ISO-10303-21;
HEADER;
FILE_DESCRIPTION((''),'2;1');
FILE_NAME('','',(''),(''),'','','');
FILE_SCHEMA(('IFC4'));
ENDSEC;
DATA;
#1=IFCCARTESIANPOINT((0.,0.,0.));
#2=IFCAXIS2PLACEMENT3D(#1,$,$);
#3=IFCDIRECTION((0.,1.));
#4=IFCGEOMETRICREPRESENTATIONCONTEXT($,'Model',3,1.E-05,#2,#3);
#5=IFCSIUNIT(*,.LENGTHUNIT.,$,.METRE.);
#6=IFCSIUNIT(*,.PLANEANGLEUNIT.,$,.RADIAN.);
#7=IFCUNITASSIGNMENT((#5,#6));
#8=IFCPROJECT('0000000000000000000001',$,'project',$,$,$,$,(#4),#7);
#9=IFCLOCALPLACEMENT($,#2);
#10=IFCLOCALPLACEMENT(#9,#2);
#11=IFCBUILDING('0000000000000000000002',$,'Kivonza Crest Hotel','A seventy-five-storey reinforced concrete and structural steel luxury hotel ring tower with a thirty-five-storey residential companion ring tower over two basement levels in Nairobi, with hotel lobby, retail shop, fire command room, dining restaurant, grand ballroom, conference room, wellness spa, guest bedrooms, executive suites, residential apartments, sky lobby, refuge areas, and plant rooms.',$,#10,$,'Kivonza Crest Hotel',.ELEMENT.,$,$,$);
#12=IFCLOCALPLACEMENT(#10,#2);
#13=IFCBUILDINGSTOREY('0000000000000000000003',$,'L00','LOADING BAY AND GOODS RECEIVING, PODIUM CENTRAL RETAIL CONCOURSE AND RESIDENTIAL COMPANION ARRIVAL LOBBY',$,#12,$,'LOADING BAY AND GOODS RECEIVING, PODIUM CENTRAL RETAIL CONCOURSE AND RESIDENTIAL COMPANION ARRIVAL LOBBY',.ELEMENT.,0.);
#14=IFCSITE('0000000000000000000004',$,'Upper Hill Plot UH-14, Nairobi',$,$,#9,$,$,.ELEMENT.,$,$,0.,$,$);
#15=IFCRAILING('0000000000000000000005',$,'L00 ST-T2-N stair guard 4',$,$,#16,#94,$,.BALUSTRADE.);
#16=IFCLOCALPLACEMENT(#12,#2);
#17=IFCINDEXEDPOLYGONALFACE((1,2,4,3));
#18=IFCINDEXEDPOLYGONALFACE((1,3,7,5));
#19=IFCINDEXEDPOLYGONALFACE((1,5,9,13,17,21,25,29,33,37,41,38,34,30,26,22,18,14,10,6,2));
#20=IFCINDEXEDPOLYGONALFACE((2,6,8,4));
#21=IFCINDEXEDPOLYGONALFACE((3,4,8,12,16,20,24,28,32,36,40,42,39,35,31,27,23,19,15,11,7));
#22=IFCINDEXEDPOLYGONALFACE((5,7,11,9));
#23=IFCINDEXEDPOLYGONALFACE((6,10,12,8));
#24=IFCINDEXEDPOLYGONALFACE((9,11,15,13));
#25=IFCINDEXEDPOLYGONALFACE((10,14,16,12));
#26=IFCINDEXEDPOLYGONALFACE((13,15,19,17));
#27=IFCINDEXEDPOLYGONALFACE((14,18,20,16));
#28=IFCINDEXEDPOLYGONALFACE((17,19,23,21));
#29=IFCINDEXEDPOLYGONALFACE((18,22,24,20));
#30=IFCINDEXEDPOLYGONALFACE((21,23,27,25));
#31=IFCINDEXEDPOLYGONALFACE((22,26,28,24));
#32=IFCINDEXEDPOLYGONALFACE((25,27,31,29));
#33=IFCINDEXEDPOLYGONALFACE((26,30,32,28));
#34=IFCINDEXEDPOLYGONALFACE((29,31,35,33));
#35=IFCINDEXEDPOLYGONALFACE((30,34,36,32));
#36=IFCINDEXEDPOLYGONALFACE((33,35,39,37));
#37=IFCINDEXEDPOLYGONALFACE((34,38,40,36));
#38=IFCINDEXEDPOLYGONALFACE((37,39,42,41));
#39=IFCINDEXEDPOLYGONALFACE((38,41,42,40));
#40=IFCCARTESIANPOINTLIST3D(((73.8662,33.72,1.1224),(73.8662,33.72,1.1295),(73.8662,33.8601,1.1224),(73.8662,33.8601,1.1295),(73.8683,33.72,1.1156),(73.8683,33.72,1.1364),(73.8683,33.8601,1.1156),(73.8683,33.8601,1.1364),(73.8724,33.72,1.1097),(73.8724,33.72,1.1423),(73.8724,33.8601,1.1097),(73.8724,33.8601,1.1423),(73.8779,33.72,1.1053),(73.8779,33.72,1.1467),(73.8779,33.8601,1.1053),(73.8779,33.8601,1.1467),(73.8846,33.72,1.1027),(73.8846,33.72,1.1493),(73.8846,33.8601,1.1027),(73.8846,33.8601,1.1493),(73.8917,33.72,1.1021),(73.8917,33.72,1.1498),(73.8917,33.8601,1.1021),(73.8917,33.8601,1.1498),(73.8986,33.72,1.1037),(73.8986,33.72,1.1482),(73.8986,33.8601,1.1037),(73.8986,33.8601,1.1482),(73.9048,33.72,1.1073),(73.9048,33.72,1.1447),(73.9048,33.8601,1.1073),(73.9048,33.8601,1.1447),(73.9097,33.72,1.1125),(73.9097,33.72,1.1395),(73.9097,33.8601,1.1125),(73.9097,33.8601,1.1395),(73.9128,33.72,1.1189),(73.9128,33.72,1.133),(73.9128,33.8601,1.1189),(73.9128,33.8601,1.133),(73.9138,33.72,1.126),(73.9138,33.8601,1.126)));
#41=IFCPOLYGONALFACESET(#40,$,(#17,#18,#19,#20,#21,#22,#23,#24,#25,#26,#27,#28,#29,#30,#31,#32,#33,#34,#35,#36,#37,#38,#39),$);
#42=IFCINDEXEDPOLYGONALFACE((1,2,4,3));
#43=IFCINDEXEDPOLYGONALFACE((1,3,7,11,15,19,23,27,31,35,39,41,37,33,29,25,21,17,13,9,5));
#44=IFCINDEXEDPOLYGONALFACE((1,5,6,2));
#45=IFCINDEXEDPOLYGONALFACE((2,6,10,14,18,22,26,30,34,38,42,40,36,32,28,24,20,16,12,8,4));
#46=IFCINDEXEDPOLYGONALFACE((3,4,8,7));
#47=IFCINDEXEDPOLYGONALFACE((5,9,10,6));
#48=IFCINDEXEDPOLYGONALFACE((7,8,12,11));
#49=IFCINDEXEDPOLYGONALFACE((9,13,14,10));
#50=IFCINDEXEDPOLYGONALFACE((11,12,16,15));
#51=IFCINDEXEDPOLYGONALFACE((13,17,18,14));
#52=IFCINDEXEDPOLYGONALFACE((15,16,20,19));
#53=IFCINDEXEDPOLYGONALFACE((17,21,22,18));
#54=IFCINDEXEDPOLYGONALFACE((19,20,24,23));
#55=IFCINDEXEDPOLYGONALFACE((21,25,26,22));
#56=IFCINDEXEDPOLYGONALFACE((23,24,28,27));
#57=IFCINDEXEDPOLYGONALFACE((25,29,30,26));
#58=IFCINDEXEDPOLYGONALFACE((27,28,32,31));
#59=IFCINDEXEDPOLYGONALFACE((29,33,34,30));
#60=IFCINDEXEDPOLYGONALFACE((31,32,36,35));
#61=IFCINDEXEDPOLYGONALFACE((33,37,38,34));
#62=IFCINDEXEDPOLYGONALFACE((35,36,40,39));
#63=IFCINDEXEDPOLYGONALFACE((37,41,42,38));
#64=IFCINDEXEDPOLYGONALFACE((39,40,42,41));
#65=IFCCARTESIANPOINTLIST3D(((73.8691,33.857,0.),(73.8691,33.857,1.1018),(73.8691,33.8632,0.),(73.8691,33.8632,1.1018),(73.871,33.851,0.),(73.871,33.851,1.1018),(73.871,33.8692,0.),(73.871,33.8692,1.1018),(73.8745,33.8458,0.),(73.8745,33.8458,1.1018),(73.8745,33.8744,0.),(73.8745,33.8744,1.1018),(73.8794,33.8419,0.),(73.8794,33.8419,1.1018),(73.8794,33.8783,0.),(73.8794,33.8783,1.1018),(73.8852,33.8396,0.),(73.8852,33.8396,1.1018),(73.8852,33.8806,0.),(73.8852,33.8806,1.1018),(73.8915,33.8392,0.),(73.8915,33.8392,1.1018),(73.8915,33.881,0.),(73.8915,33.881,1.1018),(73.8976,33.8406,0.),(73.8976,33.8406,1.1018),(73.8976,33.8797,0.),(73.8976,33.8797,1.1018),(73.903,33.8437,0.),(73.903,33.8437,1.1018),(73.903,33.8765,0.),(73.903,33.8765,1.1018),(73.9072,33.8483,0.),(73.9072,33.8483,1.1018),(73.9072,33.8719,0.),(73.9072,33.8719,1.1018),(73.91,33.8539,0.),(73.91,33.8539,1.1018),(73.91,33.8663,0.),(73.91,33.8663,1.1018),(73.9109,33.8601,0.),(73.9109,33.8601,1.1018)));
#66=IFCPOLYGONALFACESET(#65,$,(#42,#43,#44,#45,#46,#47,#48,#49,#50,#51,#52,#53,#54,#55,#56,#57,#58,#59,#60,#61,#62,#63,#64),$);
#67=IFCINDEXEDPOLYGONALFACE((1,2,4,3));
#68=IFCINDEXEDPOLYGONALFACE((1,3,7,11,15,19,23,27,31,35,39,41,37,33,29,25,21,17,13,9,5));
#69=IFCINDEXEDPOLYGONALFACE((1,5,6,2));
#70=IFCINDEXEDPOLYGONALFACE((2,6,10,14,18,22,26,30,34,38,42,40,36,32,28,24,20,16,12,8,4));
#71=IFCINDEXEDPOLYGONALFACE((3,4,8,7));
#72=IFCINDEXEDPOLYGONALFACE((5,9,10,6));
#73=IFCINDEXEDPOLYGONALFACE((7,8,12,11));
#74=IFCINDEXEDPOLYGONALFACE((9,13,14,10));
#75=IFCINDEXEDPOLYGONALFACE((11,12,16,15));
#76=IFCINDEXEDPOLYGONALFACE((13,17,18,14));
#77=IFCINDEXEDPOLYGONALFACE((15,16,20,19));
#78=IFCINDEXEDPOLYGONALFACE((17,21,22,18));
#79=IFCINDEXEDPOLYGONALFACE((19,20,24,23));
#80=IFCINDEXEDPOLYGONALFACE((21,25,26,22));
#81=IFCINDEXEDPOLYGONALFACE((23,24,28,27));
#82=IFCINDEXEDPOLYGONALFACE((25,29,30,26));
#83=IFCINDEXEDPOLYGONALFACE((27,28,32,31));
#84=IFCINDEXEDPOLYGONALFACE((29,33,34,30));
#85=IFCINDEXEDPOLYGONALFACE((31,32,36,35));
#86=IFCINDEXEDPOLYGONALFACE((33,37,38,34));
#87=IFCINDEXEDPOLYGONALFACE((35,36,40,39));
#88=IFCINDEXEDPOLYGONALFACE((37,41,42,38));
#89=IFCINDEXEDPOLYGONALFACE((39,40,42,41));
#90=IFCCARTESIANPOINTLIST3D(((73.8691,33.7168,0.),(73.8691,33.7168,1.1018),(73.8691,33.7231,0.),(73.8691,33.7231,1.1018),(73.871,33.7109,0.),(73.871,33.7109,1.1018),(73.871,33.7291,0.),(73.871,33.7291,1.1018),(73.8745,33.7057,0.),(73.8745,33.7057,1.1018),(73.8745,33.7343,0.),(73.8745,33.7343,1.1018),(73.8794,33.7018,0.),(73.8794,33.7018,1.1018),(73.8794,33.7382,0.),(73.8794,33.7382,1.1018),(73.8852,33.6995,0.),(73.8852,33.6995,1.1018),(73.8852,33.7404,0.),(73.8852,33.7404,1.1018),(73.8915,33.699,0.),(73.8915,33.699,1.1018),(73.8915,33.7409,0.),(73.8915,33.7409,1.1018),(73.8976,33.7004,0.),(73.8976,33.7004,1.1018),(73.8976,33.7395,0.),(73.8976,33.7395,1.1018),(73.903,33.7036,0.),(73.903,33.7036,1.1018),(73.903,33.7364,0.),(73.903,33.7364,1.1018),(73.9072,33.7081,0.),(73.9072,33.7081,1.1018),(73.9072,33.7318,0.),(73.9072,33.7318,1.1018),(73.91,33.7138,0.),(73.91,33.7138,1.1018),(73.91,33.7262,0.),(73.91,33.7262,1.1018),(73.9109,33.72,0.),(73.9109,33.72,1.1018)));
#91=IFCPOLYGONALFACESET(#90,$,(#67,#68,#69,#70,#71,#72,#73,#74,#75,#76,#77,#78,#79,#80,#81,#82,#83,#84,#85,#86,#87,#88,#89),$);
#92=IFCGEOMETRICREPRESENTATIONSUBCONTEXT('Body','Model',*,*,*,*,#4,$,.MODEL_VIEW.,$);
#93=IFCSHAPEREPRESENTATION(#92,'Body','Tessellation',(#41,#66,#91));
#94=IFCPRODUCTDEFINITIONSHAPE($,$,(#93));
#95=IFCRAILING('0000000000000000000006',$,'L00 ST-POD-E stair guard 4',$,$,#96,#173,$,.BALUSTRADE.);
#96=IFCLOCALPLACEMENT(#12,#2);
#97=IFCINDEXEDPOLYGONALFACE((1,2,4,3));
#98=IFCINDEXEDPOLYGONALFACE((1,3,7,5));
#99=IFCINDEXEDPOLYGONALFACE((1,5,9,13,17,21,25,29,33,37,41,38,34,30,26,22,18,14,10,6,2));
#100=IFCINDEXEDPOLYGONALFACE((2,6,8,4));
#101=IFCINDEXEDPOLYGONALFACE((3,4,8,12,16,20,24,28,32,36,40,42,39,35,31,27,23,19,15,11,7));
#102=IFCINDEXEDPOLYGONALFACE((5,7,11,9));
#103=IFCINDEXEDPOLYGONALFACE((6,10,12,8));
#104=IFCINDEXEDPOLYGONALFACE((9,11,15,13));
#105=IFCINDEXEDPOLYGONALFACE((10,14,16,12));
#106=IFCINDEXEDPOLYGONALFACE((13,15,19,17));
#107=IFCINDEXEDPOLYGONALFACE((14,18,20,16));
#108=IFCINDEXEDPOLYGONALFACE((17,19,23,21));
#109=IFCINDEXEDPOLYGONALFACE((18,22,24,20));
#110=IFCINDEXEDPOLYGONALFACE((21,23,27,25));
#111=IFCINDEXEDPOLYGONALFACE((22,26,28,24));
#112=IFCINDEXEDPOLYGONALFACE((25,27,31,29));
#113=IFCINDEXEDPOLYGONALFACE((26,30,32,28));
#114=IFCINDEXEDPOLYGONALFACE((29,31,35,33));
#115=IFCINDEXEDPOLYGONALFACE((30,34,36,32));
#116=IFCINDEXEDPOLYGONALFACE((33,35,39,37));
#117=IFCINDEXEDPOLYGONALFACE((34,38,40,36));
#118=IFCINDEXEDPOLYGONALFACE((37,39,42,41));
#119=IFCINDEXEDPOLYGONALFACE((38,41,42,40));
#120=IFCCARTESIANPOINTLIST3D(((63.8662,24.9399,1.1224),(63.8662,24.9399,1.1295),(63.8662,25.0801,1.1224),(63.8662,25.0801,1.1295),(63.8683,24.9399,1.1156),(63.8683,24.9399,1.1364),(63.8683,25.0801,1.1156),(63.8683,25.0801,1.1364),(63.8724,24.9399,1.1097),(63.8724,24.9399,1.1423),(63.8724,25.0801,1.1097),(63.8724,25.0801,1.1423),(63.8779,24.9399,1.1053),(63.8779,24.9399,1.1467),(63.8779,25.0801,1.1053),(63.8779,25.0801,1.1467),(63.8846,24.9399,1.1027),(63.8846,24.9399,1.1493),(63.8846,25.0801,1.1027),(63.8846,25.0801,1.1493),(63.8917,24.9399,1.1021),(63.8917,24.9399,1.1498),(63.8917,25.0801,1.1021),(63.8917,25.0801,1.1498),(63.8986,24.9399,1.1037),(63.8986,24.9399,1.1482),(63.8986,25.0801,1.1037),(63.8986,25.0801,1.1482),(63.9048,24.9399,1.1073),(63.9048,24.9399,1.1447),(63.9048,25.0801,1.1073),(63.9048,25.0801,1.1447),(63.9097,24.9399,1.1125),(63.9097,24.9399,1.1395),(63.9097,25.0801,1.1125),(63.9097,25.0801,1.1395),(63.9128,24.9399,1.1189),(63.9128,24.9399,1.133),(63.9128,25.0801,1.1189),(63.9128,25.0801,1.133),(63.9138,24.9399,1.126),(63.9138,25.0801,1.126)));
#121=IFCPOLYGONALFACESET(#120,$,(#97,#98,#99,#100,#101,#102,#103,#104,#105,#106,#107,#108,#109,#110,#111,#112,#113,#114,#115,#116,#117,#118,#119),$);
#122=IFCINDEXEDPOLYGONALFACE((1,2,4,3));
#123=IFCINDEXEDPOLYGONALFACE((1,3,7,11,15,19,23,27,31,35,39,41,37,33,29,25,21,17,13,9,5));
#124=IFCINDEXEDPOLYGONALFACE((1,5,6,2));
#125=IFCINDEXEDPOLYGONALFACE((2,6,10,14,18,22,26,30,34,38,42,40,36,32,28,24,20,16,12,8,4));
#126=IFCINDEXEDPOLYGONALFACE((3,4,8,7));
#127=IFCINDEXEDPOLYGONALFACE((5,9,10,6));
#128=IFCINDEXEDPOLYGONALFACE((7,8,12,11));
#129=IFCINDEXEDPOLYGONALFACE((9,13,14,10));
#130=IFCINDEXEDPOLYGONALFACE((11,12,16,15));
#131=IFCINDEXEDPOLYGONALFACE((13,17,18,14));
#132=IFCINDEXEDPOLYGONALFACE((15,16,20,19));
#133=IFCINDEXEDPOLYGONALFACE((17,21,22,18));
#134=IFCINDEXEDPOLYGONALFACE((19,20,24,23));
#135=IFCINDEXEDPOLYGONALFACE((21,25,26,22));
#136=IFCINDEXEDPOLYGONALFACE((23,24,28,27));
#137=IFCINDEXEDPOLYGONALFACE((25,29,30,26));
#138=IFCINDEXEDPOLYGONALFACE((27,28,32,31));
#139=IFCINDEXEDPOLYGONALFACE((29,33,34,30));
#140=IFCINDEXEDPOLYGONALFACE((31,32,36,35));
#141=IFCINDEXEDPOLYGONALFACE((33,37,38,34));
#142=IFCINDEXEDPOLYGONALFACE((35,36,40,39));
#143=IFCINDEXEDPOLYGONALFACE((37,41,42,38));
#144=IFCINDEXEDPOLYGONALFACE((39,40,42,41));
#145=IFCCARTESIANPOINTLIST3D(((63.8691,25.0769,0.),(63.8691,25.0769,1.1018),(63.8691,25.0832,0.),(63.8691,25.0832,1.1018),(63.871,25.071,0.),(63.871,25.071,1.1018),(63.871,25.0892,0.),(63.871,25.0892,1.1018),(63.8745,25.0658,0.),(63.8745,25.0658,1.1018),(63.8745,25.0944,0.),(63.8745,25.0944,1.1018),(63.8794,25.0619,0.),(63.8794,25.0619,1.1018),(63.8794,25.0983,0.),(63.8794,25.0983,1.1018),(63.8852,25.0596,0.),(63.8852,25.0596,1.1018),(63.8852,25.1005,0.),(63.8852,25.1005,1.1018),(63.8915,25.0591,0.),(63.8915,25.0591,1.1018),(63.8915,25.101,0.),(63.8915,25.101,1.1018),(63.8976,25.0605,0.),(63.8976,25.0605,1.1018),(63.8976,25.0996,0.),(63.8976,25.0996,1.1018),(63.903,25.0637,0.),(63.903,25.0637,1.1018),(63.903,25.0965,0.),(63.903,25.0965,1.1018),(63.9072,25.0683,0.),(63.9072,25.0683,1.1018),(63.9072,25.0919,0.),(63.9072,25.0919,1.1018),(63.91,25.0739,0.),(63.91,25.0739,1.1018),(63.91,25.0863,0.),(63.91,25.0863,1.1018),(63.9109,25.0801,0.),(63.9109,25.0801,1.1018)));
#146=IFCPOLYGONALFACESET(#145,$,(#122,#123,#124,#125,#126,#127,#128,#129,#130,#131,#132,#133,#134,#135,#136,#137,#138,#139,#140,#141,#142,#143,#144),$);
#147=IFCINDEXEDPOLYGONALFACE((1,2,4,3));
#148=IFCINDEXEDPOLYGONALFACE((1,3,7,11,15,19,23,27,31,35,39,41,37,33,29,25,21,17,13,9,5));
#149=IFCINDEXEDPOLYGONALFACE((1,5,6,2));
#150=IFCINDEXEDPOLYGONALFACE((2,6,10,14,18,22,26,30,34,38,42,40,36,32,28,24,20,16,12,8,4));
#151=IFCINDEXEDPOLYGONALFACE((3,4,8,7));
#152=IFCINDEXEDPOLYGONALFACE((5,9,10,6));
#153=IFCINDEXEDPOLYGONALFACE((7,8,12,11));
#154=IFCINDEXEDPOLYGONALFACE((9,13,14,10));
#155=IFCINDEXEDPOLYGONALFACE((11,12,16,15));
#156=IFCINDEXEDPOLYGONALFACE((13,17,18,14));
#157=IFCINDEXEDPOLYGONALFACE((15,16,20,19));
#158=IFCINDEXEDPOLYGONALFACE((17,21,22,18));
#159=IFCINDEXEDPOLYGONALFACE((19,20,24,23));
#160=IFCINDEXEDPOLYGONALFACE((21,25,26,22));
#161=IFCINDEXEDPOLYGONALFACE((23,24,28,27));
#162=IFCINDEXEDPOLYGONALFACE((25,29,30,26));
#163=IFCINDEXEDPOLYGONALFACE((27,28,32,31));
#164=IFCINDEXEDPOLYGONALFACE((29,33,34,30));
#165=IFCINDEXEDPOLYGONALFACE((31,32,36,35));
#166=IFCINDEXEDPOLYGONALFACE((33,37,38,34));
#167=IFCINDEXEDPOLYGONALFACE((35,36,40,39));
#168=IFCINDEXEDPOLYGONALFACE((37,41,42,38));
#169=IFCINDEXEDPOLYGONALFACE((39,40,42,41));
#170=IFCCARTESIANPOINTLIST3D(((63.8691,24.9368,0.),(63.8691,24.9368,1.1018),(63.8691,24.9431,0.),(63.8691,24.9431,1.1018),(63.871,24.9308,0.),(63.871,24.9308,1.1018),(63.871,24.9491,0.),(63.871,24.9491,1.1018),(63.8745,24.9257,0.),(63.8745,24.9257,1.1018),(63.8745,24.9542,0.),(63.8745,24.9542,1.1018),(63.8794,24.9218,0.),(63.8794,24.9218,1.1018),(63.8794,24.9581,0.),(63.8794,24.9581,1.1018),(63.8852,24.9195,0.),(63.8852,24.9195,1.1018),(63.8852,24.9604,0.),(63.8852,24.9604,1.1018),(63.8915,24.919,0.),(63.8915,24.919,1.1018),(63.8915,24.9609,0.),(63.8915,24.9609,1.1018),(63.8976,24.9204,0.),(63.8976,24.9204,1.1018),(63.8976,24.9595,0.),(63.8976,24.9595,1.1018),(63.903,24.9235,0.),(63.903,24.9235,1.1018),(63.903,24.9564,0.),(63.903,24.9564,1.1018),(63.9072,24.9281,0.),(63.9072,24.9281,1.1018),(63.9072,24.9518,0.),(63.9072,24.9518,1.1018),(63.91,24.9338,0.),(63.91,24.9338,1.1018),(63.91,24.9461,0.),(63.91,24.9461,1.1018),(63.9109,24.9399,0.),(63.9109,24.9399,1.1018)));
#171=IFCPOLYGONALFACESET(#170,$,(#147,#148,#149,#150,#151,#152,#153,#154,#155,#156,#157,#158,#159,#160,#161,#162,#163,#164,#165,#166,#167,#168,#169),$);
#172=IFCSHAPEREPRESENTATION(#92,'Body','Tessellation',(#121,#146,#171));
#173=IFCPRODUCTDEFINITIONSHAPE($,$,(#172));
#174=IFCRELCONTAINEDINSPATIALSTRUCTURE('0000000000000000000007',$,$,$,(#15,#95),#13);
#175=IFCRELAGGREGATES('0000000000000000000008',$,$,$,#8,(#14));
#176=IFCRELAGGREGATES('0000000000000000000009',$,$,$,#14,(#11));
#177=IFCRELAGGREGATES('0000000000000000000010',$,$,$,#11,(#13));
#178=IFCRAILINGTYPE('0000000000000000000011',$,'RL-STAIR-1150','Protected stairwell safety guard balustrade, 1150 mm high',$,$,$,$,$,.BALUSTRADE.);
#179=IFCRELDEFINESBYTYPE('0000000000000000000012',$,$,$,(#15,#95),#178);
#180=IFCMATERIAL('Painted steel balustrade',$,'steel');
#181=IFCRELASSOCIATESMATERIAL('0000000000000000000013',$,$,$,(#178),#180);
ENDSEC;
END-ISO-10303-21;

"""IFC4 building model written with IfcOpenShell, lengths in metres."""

from ifc_helpers import new_model, si_unit, direction, frame, origin, origin_2d, place, context, subcontext, project, spatial, circle, extrude, material, type_object, element, save


model = new_model("IFC4")

# Units and contexts
model_context = context("Model", 3, precision=1e-05, world=origin(), true_north=direction((0.0, 1.0)))
body_context = subcontext(model_context, "Body", "Model", "MODEL_VIEW")
ifc_project = project(units=[si_unit("LENGTHUNIT", "METRE"), si_unit("PLANEANGLEUNIT", "RADIAN")], contexts=[model_context])

# Site, building, storey
site_placement = place(None, origin())
site = spatial("IfcSite", under=ifc_project, at=site_placement, Name="Upper Hill Plot UH-14, Nairobi", CompositionType="ELEMENT", RefElevation=0.0)
building_placement = place(site_placement, origin())
building = spatial("IfcBuilding", under=site, at=building_placement, Name="Kivonza Crest Hotel", Description="A seventy-five-storey reinforced concrete and structural steel luxury hotel ring tower with a thirty-five-storey residential companion ring tower over two basement levels in Nairobi, with hotel lobby, retail shop, fire command room, dining restaurant, grand ballroom, conference room, wellness spa, guest bedrooms, executive suites, residential apartments, sky lobby, refuge areas, and plant rooms.", LongName="Kivonza Crest Hotel", CompositionType="ELEMENT")
storey_placement = place(building_placement, origin())
storey = spatial("IfcBuildingStorey", under=building, at=storey_placement, Name="L00", Description="LOADING BAY AND GOODS RECEIVING, PODIUM CENTRAL RETAIL CONCOURSE AND RESIDENTIAL COMPANION ARRIVAL LOBBY", LongName="LOADING BAY AND GOODS RECEIVING, PODIUM CENTRAL RETAIL CONCOURSE AND RESIDENTIAL COMPANION ARRIVAL LOBBY", CompositionType="ELEMENT", Elevation=0.0)

# Railings
ifc_material_1 = material(Name="Painted steel balustrade", Category="steel")
railing_type_1 = type_object("IfcRailingType", Name="RL-STAIR-1150", Description="Protected stairwell safety guard balustrade, 1150 mm high", PredefinedType="BALUSTRADE", material=ifc_material_1)
for number, where, name in (
    (1, (73.8899, 33.8601, 0.0), "L00 ST-T2-N stair guard 4"),
    (2, (63.8899, 25.0801, 0.0), "L00 ST-POD-E stair guard 4"),
):
    element("IfcRailing", number, at=place(storey_placement, frame(where)), inside=storey, type_object=railing_type_1, Name=name, PredefinedType="BALUSTRADE", context=body_context, shape_type="SweptSolid", body=[
        extrude(circle(Radius=0.0239, at=origin_2d()), frame((0.0, 0.0, 1.126), z_axis=(0.0, -1.0, 0.0), x_axis=(1.0, 0.0, 0.0)), (0.0, 0.0, 1.0), 0.1401),
        extrude(circle(Radius=0.021, at=origin_2d()), origin(), (0.0, 0.0, 1.0), 1.1018),
        extrude(circle(Radius=0.021, at=origin_2d()), frame((0.0, -0.1401, 0.0)), (0.0, 0.0, 1.0), 1.1018),
    ])

save(model, "model.ifc")
